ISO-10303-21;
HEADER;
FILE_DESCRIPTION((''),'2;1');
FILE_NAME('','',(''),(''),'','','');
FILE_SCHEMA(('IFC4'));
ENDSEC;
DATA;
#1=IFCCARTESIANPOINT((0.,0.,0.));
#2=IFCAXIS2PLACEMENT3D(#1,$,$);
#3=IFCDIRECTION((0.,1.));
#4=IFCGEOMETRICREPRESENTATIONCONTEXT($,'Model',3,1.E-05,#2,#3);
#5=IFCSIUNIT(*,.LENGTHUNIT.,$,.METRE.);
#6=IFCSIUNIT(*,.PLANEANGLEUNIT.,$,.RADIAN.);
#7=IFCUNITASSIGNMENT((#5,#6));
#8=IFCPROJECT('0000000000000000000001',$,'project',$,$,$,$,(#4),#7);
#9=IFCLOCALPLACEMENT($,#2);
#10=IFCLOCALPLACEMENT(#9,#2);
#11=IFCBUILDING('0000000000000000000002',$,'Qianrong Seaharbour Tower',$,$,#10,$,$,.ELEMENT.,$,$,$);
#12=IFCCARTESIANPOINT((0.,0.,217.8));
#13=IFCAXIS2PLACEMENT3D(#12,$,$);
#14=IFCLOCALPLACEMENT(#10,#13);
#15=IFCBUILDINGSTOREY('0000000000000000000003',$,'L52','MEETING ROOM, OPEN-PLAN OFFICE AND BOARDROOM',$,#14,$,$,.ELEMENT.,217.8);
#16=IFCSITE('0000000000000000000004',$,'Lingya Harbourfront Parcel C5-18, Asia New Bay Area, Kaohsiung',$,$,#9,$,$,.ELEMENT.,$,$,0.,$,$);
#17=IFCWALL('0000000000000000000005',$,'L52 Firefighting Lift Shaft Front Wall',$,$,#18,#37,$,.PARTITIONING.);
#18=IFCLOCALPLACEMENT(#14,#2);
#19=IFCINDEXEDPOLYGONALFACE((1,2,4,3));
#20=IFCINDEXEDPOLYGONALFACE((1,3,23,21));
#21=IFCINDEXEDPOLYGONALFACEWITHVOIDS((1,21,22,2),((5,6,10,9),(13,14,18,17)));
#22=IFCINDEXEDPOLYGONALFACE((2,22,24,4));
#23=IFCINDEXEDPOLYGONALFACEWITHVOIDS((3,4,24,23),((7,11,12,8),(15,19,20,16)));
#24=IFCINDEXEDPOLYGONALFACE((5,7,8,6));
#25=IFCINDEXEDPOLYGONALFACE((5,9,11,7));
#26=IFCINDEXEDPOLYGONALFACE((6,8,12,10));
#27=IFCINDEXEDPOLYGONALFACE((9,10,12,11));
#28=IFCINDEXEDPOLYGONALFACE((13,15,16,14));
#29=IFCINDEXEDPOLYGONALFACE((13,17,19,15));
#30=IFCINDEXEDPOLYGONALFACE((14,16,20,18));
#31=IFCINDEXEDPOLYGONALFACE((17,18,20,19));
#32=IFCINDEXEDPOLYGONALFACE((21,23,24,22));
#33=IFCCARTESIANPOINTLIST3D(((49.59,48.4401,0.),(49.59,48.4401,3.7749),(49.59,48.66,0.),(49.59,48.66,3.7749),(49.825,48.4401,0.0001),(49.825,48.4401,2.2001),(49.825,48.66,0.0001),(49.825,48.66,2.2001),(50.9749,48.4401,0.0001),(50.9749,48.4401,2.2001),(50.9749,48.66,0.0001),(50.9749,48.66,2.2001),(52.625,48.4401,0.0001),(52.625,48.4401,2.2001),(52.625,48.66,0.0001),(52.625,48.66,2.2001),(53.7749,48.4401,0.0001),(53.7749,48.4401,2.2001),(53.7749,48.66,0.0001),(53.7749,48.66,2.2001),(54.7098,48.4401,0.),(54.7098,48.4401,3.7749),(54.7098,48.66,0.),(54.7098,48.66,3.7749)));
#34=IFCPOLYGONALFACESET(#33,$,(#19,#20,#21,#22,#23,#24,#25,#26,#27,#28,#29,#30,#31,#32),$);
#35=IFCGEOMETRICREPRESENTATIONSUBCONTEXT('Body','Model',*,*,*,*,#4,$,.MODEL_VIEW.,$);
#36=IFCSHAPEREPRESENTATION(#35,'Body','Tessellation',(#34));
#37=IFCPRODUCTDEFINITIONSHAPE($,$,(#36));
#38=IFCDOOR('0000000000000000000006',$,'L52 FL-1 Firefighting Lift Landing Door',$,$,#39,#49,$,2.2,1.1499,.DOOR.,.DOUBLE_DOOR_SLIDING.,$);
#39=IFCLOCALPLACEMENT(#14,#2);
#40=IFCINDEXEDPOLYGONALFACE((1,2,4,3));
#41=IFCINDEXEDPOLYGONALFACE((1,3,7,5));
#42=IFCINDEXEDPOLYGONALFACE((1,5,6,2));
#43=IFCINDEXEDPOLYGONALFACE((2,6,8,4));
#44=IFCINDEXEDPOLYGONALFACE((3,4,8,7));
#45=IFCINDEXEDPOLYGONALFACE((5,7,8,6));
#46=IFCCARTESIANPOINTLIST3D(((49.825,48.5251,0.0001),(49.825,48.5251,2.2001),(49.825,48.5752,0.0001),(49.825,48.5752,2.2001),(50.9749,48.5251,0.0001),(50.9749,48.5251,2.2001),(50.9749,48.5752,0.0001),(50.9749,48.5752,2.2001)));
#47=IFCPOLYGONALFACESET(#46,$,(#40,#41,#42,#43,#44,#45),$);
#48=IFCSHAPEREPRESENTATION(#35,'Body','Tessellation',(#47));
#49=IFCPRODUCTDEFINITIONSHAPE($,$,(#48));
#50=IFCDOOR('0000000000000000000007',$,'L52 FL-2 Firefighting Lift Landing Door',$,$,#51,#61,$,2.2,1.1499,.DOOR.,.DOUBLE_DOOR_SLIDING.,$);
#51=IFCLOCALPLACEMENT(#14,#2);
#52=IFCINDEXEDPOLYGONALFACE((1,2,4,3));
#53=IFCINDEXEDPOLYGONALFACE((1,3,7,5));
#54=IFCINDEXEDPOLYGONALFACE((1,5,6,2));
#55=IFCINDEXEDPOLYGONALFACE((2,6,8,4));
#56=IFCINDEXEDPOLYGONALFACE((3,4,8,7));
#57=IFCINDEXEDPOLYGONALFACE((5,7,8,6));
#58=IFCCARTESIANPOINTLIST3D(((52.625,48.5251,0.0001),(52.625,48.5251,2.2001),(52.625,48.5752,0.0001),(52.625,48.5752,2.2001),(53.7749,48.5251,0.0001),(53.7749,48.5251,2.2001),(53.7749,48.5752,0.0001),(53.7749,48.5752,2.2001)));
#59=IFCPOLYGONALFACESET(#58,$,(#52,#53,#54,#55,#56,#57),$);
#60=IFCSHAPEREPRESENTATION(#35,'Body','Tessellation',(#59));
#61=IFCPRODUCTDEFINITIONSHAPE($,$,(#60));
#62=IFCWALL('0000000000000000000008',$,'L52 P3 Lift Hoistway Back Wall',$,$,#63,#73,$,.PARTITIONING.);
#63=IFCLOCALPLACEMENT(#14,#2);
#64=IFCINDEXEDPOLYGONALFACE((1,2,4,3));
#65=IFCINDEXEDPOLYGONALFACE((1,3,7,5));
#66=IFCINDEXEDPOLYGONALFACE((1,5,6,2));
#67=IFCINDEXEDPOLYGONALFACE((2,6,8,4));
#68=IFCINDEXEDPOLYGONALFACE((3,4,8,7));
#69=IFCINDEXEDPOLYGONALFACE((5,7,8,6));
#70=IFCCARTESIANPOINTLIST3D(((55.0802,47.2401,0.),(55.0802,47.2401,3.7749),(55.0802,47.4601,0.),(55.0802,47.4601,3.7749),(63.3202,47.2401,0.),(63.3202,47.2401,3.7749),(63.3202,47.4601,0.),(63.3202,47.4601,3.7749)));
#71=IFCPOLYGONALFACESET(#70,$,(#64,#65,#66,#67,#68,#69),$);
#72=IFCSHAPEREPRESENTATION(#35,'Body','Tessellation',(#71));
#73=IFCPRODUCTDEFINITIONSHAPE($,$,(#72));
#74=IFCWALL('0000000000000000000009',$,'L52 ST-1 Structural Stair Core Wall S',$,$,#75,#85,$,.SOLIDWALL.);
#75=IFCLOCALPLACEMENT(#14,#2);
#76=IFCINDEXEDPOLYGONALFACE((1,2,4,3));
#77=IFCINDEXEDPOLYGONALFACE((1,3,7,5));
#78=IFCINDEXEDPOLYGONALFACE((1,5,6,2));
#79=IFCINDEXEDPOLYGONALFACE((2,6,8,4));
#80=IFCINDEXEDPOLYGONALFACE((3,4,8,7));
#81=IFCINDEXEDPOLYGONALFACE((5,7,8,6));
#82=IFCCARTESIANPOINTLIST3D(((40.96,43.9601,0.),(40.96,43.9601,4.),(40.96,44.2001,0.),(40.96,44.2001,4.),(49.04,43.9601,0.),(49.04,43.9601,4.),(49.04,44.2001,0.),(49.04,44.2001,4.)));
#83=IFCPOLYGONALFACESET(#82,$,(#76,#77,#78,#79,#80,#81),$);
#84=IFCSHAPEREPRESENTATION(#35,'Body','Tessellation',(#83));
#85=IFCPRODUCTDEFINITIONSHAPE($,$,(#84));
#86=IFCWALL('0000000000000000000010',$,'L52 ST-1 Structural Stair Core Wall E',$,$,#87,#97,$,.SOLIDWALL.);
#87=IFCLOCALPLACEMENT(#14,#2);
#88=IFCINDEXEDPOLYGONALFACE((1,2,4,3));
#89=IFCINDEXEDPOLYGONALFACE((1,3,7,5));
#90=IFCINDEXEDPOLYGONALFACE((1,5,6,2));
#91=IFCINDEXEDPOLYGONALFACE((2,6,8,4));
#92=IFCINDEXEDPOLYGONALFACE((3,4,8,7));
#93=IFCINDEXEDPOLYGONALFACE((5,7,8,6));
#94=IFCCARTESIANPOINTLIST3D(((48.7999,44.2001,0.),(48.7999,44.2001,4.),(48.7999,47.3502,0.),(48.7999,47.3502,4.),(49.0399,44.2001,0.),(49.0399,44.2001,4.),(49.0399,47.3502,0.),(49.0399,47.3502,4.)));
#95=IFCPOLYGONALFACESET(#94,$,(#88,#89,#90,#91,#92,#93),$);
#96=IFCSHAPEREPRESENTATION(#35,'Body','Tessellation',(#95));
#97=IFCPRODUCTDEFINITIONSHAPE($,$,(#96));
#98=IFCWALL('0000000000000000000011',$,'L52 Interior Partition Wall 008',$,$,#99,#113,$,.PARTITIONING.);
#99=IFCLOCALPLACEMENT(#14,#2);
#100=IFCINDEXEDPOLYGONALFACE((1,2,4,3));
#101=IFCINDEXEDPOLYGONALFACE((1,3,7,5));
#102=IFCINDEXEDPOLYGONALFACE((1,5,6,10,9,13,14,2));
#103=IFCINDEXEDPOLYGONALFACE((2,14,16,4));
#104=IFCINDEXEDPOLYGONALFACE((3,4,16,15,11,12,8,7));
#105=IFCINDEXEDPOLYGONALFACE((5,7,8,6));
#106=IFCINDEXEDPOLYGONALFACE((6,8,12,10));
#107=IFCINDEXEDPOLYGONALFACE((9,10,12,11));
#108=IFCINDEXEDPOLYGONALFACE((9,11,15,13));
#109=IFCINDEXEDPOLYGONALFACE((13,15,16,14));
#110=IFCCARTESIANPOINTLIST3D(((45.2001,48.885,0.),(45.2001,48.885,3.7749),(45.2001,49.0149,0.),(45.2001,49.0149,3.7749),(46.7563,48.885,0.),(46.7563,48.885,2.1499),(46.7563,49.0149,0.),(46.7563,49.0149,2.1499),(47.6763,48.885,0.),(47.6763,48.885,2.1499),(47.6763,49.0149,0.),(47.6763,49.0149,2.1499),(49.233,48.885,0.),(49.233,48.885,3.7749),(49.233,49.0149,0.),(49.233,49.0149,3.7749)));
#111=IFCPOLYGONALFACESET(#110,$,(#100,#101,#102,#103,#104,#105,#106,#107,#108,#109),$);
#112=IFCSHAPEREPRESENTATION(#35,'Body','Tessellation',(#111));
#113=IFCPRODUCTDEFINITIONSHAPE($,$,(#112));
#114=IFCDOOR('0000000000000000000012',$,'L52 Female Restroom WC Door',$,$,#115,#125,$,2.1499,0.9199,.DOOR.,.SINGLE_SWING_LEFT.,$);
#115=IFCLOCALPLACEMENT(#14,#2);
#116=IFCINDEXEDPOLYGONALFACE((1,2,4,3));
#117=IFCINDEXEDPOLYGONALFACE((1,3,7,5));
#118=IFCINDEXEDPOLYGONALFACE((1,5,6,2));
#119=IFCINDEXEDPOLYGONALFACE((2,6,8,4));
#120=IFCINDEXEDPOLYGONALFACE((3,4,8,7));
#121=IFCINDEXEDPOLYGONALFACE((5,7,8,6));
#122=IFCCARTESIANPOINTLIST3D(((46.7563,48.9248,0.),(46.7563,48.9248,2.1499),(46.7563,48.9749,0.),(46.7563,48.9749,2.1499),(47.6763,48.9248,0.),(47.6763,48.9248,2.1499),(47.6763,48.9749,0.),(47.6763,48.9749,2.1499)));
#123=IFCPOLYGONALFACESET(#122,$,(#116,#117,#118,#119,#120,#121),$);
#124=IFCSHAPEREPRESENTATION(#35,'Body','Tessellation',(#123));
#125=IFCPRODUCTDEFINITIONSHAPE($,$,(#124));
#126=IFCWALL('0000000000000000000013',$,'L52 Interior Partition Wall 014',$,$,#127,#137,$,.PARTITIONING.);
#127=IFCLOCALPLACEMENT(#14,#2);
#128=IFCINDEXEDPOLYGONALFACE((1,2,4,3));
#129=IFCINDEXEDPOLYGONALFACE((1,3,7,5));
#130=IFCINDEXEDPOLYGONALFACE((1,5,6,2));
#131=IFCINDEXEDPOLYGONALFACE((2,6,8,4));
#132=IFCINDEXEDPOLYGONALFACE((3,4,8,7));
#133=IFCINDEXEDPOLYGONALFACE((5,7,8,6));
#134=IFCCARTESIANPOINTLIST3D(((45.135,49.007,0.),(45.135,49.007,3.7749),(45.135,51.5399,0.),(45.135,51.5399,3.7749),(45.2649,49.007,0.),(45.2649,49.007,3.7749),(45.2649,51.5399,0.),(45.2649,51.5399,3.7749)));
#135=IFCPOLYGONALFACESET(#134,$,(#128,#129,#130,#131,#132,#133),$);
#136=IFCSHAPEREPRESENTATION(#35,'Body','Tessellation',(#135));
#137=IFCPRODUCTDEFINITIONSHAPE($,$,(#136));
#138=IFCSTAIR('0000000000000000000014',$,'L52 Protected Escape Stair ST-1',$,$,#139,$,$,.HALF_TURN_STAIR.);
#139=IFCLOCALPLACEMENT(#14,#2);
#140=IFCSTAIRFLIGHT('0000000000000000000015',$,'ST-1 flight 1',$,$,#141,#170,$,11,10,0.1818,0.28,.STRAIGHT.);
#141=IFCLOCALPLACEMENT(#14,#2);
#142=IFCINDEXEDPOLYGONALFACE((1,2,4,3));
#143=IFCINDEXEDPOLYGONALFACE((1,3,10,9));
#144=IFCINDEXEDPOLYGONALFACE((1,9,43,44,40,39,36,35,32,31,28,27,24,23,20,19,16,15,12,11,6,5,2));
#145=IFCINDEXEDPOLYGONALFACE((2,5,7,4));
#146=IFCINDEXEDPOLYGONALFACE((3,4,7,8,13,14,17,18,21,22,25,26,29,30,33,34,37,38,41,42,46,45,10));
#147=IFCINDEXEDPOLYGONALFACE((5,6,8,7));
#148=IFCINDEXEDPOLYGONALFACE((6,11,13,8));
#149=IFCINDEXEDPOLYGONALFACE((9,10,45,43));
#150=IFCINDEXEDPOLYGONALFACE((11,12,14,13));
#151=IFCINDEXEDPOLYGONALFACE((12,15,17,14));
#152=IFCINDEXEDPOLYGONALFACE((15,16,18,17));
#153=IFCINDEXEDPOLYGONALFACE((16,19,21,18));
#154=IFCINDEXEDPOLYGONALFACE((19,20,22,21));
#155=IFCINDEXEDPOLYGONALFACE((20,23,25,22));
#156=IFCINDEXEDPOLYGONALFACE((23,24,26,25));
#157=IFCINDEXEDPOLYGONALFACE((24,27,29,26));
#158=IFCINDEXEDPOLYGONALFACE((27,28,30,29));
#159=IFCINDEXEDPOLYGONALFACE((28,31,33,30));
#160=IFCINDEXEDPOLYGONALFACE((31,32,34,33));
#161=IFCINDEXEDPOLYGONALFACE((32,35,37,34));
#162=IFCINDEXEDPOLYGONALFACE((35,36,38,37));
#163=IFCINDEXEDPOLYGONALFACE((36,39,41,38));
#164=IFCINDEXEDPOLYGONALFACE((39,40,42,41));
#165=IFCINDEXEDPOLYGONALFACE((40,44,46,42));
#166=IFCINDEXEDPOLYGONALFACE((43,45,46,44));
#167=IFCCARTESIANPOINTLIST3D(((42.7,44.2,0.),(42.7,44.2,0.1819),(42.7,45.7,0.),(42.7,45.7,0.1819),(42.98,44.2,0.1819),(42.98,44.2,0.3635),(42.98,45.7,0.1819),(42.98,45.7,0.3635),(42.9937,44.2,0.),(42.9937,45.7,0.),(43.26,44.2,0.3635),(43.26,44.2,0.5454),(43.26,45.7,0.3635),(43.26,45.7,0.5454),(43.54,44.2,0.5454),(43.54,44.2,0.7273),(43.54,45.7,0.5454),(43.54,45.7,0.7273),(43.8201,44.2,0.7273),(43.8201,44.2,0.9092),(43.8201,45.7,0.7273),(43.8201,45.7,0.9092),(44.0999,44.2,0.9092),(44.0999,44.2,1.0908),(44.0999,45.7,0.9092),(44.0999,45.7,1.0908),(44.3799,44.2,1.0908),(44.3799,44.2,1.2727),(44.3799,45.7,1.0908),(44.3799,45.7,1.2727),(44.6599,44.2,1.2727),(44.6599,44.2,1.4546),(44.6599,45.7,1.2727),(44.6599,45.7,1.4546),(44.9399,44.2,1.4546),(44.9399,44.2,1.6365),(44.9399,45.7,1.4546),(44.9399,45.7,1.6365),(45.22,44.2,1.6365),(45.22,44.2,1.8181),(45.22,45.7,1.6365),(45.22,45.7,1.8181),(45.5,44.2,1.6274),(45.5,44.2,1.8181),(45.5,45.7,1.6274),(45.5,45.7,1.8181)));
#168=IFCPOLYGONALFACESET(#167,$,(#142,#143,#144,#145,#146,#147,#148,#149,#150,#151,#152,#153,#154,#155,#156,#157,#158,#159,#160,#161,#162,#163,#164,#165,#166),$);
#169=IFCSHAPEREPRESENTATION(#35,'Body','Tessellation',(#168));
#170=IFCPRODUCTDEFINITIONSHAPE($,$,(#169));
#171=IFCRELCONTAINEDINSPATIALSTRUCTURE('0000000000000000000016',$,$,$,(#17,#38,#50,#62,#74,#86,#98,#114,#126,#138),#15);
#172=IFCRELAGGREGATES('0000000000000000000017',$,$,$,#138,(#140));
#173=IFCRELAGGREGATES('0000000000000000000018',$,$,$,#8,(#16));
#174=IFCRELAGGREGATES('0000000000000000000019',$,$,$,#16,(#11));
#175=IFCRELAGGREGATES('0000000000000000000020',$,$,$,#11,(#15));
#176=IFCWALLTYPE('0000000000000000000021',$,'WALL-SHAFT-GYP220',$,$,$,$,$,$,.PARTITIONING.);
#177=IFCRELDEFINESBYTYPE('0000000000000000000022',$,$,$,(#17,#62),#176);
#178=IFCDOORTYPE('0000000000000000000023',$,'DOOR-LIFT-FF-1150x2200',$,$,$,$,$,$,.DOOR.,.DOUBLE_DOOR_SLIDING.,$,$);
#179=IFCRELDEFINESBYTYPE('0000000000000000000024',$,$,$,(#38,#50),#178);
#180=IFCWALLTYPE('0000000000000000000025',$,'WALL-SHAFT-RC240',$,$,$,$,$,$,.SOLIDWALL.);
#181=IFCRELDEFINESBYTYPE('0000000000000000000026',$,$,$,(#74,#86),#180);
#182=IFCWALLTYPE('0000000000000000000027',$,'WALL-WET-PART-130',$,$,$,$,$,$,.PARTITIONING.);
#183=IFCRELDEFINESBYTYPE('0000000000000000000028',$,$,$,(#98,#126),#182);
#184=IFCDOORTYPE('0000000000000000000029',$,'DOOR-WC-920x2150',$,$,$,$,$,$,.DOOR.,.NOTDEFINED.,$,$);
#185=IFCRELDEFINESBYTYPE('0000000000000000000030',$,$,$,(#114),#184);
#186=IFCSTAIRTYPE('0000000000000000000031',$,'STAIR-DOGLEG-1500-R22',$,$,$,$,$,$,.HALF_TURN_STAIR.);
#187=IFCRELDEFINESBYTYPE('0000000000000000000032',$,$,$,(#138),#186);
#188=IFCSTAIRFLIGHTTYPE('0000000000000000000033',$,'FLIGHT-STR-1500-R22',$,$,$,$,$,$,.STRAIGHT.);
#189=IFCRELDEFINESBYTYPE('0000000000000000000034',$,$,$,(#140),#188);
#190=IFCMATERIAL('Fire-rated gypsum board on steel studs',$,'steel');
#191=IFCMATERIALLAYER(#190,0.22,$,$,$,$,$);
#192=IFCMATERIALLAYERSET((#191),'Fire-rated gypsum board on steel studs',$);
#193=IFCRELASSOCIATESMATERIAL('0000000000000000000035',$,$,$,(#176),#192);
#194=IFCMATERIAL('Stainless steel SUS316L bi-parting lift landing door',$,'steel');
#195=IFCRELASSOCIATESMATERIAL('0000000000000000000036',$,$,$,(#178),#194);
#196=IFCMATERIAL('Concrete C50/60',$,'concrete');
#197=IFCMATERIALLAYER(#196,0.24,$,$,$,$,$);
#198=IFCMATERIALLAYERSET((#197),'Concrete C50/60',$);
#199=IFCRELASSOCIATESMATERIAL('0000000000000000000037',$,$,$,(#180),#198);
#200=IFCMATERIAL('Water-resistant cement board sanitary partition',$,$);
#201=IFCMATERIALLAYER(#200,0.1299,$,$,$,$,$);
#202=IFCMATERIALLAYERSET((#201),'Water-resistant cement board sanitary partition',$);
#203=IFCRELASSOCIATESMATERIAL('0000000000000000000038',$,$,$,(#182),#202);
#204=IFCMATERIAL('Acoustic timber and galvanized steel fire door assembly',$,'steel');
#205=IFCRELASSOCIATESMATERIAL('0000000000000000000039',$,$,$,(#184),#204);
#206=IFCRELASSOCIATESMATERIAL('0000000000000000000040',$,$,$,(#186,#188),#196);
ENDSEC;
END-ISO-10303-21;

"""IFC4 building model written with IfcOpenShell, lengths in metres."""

from ifc_helpers import new_model, si_unit, direction, frame, frame_2d, origin, place, context, subcontext, project, spatial, polyline, rectangle, outline, extrude, material, layer, layer_set, type_object, element, fill, aggregate, save


model = new_model("IFC4")

# Units and contexts
model_context = context("Model", 3, precision=1e-05, world=origin(), true_north=direction((0.0, 1.0)))
body_context = subcontext(model_context, "Body", "Model", "MODEL_VIEW")
ifc_project = project(units=[si_unit("LENGTHUNIT", "METRE"), si_unit("PLANEANGLEUNIT", "RADIAN")], contexts=[model_context])

# Site, building, storey
site_placement = place(None, origin())
site = spatial("IfcSite", under=ifc_project, at=site_placement, Name="Lingya Harbourfront Parcel C5-18, Asia New Bay Area, Kaohsiung", CompositionType="ELEMENT", RefElevation=0.0)
building_placement = place(site_placement, origin())
building = spatial("IfcBuilding", under=site, at=building_placement, Name="Qianrong Seaharbour Tower", CompositionType="ELEMENT")
storey_placement = place(building_placement, frame((0.0, 0.0, 217.8)))
storey = spatial("IfcBuildingStorey", under=building, at=storey_placement, Name="L52", Description="MEETING ROOM, OPEN-PLAN OFFICE AND BOARDROOM", CompositionType="ELEMENT", Elevation=217.8)

# Shared definitions
ifc_material_1 = material(Name="Concrete C50/60", Category="concrete")

# Shared definitions
ifc_material_2 = material(Name="Acoustic timber and galvanized steel fire door assembly", Category="steel")

# Shared definitions
ifc_material_3 = material(Name="Fire-rated gypsum board on steel studs", Category="steel")

# Wall, openings, doors
ifc_layer_1 = layer(ifc_material_3, 0.22)
ifc_layer_set_1 = layer_set([ifc_layer_1], Name="Fire-rated gypsum board on steel studs")
wall_type_1 = type_object("IfcWallType", Name="WALL-SHAFT-GYP220", PredefinedType="PARTITIONING", material=ifc_layer_set_1)
wall_1_placement = place(storey_placement, frame((54.71, 48.55, 0.0), z_axis=(0.0, 0.0, 1.0), x_axis=(-1.0, 0.0, 0.0)))
wall_1 = element("IfcWall", 1, at=wall_1_placement, inside=storey, type_object=wall_type_1, Name="L52 Firefighting Lift Shaft Front Wall", PredefinedType="PARTITIONING", context=body_context, shape_type="SweptSolid", body=[
    extrude(rectangle(XDim=5.1199, YDim=0.22, at=frame_2d((2.5601, 0.0))), origin(), (0.0, 0.0, 1.0), 3.7749),
])
opening_1_placement = place(wall_1_placement, frame((3.7351, 0.0, 0.0)))
opening_1 = element("IfcOpeningElement", 2, at=opening_1_placement, cuts=wall_1, PredefinedType="OPENING", context=body_context, shape_type="SweptSolid", body=[
    extrude(rectangle(XDim=1.1499, YDim=2.2, at=frame_2d((0.575, 1.1001))), frame((0.0, 0.1201, 0.0), z_axis=(0.0, -1.0, 0.0), x_axis=(1.0, 0.0, 0.0)), (0.0, 0.0, 1.0), 0.24),
])
opening_2_placement = place(wall_1_placement, frame((0.9351, 0.0, 0.0)))
opening_2 = element("IfcOpeningElement", 3, at=opening_2_placement, cuts=wall_1, PredefinedType="OPENING", context=body_context, shape_type="SweptSolid", body=[
    extrude(rectangle(XDim=1.1499, YDim=2.2, at=frame_2d((0.575, 1.1001))), frame((0.0, 0.1201, 0.0), z_axis=(0.0, -1.0, 0.0), x_axis=(1.0, 0.0, 0.0)), (0.0, 0.0, 1.0), 0.24),
])
ifc_material_4 = material(Name="Stainless steel SUS316L bi-parting lift landing door", Category="steel")
door_type_1 = type_object("IfcDoorType", Name="DOOR-LIFT-FF-1150x2200", OperationType="DOUBLE_DOOR_SLIDING", PredefinedType="DOOR", material=ifc_material_4)
door_1_placement = place(opening_1_placement, origin())
door_1 = element("IfcDoor", 4, at=door_1_placement, inside=storey, type_object=door_type_1, Name="L52 FL-1 Firefighting Lift Landing Door", OperationType="DOUBLE_DOOR_SLIDING", OverallHeight=2.2, OverallWidth=1.1499, PredefinedType="DOOR", context=body_context, shape_type="SweptSolid", body=[
    extrude(rectangle(XDim=1.1499, YDim=2.2, at=frame_2d((0.575, 1.1001))), frame((0.0, 0.0249, 0.0), z_axis=(0.0, -1.0, 0.0), x_axis=(1.0, 0.0, 0.0)), (0.0, 0.0, 1.0), 0.05),
])
fill(opening_1, door_1)
door_2_placement = place(opening_2_placement, origin())
door_2 = element("IfcDoor", 5, at=door_2_placement, inside=storey, type_object=door_type_1, Name="L52 FL-2 Firefighting Lift Landing Door", OperationType="DOUBLE_DOOR_SLIDING", OverallHeight=2.2, OverallWidth=1.1499, PredefinedType="DOOR", context=body_context, shape_type="SweptSolid", body=[
    extrude(rectangle(XDim=1.1499, YDim=2.2, at=frame_2d((0.575, 1.1001))), frame((0.0, 0.0249, 0.0), z_axis=(0.0, -1.0, 0.0), x_axis=(1.0, 0.0, 0.0)), (0.0, 0.0, 1.0), 0.05),
])
fill(opening_2, door_2)

# Walls
wall_2_placement = place(storey_placement, frame((55.0801, 47.3501, 0.0), z_axis=(0.0, 0.0, 1.0), x_axis=(1.0, 0.0, 0.0)))
element("IfcWall", 6, at=wall_2_placement, inside=storey, type_object=wall_type_1, Name="L52 P3 Lift Hoistway Back Wall", PredefinedType="PARTITIONING", context=body_context, shape_type="SweptSolid", body=[
    extrude(rectangle(XDim=8.24, YDim=0.22, at=frame_2d((4.1201, 0.0))), origin(), (0.0, 0.0, 1.0), 3.7749),
])
ifc_layer_2 = layer(ifc_material_1, 0.24)
ifc_layer_set_2 = layer_set([ifc_layer_2], Name="Concrete C50/60")
wall_type_2 = type_object("IfcWallType", Name="WALL-SHAFT-RC240", PredefinedType="SOLIDWALL", material=ifc_layer_set_2)
wall_3_placement = place(storey_placement, frame((49.04, 44.0801, 0.0), z_axis=(0.0, 0.0, 1.0), x_axis=(-1.0, 0.0, 0.0)))
element("IfcWall", 7, at=wall_3_placement, inside=storey, type_object=wall_type_2, Name="L52 ST-1 Structural Stair Core Wall S", PredefinedType="SOLIDWALL", context=body_context, shape_type="SweptSolid", body=[
    extrude(rectangle(XDim=8.0801, YDim=0.24, at=frame_2d((4.04, 0.0))), origin(), (0.0, 0.0, 1.0), 4.0),
])
wall_4_placement = place(storey_placement, frame((48.9199, 44.2, 0.0), z_axis=(0.0, 0.0, 1.0), x_axis=(0.0, 1.0, 0.0)))
element("IfcWall", 8, at=wall_4_placement, inside=storey, type_object=wall_type_2, Name="L52 ST-1 Structural Stair Core Wall E", PredefinedType="SOLIDWALL", context=body_context, shape_type="SweptSolid", body=[
    extrude(rectangle(XDim=3.1501, YDim=0.24, at=frame_2d((1.5752, 0.0))), origin(), (0.0, 0.0, 1.0), 4.0),
])

# Wall, opening, door
ifc_material_5 = material(Name="Water-resistant cement board sanitary partition")
ifc_layer_3 = layer(ifc_material_5, 0.1299)
ifc_layer_set_3 = layer_set([ifc_layer_3], Name="Water-resistant cement board sanitary partition")
wall_type_3 = type_object("IfcWallType", Name="WALL-WET-PART-130", PredefinedType="PARTITIONING", material=ifc_layer_set_3)
wall_5_placement = place(storey_placement, frame((45.2, 48.95, 0.0), z_axis=(0.0, 0.0, 1.0), x_axis=(1.0, 0.0, 0.0)))
wall_5 = element("IfcWall", 9, at=wall_5_placement, inside=storey, type_object=wall_type_3, Name="L52 Interior Partition Wall 008", PredefinedType="PARTITIONING", context=body_context, shape_type="SweptSolid", body=[
    extrude(rectangle(XDim=4.033, YDim=0.1299, at=frame_2d((2.0166, 0.0))), origin(), (0.0, 0.0, 1.0), 3.7749),
])
opening_3_placement = place(wall_5_placement, frame((1.5564, 0.0, 0.0)))
opening_3 = element("IfcOpeningElement", 10, at=opening_3_placement, cuts=wall_5, PredefinedType="OPENING", context=body_context, shape_type="SweptSolid", body=[
    extrude(rectangle(XDim=0.9199, YDim=2.1499, at=frame_2d((0.46, 1.075))), frame((0.0, 0.075, 0.0), z_axis=(0.0, -1.0, 0.0), x_axis=(1.0, 0.0, 0.0)), (0.0, 0.0, 1.0), 0.1499),
])
door_type_2 = type_object("IfcDoorType", Name="DOOR-WC-920x2150", OperationType="NOTDEFINED", PredefinedType="DOOR", material=ifc_material_2)
door_3_placement = place(opening_3_placement, origin())
door_3 = element("IfcDoor", 11, at=door_3_placement, inside=storey, type_object=door_type_2, Name="L52 Female Restroom WC Door", OperationType="SINGLE_SWING_LEFT", OverallHeight=2.1499, OverallWidth=0.9199, PredefinedType="DOOR", context=body_context, shape_type="SweptSolid", body=[
    extrude(rectangle(XDim=0.9199, YDim=2.1499, at=frame_2d((0.46, 1.075))), frame((0.0, 0.0249, 0.0), z_axis=(0.0, -1.0, 0.0), x_axis=(1.0, 0.0, 0.0)), (0.0, 0.0, 1.0), 0.05),
])
fill(opening_3, door_3)

# Wall
wall_6_placement = place(storey_placement, frame((45.2, 51.54, 0.0), z_axis=(0.0, 0.0, 1.0), x_axis=(0.0, -1.0, 0.0)))
element("IfcWall", 12, at=wall_6_placement, inside=storey, type_object=wall_type_3, Name="L52 Interior Partition Wall 014", PredefinedType="PARTITIONING", context=body_context, shape_type="SweptSolid", body=[
    extrude(rectangle(XDim=2.533, YDim=0.1299, at=frame_2d((1.2666, 0.0))), origin(), (0.0, 0.0, 1.0), 3.7749),
])

# Stair, stair flight
stair_type = type_object("IfcStairType", Name="STAIR-DOGLEG-1500-R22", PredefinedType="HALF_TURN_STAIR", material=ifc_material_1)
stair_placement = place(storey_placement, origin())
stair = element("IfcStair", 13, at=stair_placement, inside=storey, type_object=stair_type, Name="L52 Protected Escape Stair ST-1", PredefinedType="HALF_TURN_STAIR")
stair_flight_type = type_object("IfcStairFlightType", Name="FLIGHT-STR-1500-R22", PredefinedType="STRAIGHT", material=ifc_material_1)
stair_flight_1_placement = place(storey_placement, frame((42.7, 44.95, 0.0), z_axis=(0.0, 0.0, 1.0), x_axis=(1.0, 0.0, 0.0)))
stair_flight_1 = element("IfcStairFlight", 14, at=stair_flight_1_placement, type_object=stair_flight_type, Name="ST-1 flight 1", NumberOfRisers=11, NumberOfTreads=10, PredefinedType="STRAIGHT", RiserHeight=0.1818, TreadLength=0.28, context=body_context, shape_type="SweptSolid", body=[
    extrude(outline(polyline([(0.0, 0.0), (0.0, 0.1819), (0.28, 0.1819), (0.28, 0.3635), (0.5601, 0.3635), (0.5601, 0.5454), (0.8401, 0.5454), (0.8401, 0.7273), (1.1201, 0.7273), (1.1201, 0.9092), (1.3999, 0.9092), (1.3999, 1.0908), (1.6799, 1.0908), (1.6799, 1.2727), (1.96, 1.2727), (1.96, 1.4546), (2.24, 1.4546), (2.24, 1.6365), (2.52, 1.6365), (2.52, 1.8181), (2.8, 1.8181), (2.8, 2.0), (2.8, 1.6274), (0.2937, 0.0), (0.0, 0.0)])), frame((0.0, 0.75, 0.0), z_axis=(0.0, -1.0, 0.0), x_axis=(1.0, 0.0, 0.0)), (0.0, 0.0, 1.0), 1.5),
])
aggregate(stair, [stair_flight_1])

save(model, "model.ifc")
